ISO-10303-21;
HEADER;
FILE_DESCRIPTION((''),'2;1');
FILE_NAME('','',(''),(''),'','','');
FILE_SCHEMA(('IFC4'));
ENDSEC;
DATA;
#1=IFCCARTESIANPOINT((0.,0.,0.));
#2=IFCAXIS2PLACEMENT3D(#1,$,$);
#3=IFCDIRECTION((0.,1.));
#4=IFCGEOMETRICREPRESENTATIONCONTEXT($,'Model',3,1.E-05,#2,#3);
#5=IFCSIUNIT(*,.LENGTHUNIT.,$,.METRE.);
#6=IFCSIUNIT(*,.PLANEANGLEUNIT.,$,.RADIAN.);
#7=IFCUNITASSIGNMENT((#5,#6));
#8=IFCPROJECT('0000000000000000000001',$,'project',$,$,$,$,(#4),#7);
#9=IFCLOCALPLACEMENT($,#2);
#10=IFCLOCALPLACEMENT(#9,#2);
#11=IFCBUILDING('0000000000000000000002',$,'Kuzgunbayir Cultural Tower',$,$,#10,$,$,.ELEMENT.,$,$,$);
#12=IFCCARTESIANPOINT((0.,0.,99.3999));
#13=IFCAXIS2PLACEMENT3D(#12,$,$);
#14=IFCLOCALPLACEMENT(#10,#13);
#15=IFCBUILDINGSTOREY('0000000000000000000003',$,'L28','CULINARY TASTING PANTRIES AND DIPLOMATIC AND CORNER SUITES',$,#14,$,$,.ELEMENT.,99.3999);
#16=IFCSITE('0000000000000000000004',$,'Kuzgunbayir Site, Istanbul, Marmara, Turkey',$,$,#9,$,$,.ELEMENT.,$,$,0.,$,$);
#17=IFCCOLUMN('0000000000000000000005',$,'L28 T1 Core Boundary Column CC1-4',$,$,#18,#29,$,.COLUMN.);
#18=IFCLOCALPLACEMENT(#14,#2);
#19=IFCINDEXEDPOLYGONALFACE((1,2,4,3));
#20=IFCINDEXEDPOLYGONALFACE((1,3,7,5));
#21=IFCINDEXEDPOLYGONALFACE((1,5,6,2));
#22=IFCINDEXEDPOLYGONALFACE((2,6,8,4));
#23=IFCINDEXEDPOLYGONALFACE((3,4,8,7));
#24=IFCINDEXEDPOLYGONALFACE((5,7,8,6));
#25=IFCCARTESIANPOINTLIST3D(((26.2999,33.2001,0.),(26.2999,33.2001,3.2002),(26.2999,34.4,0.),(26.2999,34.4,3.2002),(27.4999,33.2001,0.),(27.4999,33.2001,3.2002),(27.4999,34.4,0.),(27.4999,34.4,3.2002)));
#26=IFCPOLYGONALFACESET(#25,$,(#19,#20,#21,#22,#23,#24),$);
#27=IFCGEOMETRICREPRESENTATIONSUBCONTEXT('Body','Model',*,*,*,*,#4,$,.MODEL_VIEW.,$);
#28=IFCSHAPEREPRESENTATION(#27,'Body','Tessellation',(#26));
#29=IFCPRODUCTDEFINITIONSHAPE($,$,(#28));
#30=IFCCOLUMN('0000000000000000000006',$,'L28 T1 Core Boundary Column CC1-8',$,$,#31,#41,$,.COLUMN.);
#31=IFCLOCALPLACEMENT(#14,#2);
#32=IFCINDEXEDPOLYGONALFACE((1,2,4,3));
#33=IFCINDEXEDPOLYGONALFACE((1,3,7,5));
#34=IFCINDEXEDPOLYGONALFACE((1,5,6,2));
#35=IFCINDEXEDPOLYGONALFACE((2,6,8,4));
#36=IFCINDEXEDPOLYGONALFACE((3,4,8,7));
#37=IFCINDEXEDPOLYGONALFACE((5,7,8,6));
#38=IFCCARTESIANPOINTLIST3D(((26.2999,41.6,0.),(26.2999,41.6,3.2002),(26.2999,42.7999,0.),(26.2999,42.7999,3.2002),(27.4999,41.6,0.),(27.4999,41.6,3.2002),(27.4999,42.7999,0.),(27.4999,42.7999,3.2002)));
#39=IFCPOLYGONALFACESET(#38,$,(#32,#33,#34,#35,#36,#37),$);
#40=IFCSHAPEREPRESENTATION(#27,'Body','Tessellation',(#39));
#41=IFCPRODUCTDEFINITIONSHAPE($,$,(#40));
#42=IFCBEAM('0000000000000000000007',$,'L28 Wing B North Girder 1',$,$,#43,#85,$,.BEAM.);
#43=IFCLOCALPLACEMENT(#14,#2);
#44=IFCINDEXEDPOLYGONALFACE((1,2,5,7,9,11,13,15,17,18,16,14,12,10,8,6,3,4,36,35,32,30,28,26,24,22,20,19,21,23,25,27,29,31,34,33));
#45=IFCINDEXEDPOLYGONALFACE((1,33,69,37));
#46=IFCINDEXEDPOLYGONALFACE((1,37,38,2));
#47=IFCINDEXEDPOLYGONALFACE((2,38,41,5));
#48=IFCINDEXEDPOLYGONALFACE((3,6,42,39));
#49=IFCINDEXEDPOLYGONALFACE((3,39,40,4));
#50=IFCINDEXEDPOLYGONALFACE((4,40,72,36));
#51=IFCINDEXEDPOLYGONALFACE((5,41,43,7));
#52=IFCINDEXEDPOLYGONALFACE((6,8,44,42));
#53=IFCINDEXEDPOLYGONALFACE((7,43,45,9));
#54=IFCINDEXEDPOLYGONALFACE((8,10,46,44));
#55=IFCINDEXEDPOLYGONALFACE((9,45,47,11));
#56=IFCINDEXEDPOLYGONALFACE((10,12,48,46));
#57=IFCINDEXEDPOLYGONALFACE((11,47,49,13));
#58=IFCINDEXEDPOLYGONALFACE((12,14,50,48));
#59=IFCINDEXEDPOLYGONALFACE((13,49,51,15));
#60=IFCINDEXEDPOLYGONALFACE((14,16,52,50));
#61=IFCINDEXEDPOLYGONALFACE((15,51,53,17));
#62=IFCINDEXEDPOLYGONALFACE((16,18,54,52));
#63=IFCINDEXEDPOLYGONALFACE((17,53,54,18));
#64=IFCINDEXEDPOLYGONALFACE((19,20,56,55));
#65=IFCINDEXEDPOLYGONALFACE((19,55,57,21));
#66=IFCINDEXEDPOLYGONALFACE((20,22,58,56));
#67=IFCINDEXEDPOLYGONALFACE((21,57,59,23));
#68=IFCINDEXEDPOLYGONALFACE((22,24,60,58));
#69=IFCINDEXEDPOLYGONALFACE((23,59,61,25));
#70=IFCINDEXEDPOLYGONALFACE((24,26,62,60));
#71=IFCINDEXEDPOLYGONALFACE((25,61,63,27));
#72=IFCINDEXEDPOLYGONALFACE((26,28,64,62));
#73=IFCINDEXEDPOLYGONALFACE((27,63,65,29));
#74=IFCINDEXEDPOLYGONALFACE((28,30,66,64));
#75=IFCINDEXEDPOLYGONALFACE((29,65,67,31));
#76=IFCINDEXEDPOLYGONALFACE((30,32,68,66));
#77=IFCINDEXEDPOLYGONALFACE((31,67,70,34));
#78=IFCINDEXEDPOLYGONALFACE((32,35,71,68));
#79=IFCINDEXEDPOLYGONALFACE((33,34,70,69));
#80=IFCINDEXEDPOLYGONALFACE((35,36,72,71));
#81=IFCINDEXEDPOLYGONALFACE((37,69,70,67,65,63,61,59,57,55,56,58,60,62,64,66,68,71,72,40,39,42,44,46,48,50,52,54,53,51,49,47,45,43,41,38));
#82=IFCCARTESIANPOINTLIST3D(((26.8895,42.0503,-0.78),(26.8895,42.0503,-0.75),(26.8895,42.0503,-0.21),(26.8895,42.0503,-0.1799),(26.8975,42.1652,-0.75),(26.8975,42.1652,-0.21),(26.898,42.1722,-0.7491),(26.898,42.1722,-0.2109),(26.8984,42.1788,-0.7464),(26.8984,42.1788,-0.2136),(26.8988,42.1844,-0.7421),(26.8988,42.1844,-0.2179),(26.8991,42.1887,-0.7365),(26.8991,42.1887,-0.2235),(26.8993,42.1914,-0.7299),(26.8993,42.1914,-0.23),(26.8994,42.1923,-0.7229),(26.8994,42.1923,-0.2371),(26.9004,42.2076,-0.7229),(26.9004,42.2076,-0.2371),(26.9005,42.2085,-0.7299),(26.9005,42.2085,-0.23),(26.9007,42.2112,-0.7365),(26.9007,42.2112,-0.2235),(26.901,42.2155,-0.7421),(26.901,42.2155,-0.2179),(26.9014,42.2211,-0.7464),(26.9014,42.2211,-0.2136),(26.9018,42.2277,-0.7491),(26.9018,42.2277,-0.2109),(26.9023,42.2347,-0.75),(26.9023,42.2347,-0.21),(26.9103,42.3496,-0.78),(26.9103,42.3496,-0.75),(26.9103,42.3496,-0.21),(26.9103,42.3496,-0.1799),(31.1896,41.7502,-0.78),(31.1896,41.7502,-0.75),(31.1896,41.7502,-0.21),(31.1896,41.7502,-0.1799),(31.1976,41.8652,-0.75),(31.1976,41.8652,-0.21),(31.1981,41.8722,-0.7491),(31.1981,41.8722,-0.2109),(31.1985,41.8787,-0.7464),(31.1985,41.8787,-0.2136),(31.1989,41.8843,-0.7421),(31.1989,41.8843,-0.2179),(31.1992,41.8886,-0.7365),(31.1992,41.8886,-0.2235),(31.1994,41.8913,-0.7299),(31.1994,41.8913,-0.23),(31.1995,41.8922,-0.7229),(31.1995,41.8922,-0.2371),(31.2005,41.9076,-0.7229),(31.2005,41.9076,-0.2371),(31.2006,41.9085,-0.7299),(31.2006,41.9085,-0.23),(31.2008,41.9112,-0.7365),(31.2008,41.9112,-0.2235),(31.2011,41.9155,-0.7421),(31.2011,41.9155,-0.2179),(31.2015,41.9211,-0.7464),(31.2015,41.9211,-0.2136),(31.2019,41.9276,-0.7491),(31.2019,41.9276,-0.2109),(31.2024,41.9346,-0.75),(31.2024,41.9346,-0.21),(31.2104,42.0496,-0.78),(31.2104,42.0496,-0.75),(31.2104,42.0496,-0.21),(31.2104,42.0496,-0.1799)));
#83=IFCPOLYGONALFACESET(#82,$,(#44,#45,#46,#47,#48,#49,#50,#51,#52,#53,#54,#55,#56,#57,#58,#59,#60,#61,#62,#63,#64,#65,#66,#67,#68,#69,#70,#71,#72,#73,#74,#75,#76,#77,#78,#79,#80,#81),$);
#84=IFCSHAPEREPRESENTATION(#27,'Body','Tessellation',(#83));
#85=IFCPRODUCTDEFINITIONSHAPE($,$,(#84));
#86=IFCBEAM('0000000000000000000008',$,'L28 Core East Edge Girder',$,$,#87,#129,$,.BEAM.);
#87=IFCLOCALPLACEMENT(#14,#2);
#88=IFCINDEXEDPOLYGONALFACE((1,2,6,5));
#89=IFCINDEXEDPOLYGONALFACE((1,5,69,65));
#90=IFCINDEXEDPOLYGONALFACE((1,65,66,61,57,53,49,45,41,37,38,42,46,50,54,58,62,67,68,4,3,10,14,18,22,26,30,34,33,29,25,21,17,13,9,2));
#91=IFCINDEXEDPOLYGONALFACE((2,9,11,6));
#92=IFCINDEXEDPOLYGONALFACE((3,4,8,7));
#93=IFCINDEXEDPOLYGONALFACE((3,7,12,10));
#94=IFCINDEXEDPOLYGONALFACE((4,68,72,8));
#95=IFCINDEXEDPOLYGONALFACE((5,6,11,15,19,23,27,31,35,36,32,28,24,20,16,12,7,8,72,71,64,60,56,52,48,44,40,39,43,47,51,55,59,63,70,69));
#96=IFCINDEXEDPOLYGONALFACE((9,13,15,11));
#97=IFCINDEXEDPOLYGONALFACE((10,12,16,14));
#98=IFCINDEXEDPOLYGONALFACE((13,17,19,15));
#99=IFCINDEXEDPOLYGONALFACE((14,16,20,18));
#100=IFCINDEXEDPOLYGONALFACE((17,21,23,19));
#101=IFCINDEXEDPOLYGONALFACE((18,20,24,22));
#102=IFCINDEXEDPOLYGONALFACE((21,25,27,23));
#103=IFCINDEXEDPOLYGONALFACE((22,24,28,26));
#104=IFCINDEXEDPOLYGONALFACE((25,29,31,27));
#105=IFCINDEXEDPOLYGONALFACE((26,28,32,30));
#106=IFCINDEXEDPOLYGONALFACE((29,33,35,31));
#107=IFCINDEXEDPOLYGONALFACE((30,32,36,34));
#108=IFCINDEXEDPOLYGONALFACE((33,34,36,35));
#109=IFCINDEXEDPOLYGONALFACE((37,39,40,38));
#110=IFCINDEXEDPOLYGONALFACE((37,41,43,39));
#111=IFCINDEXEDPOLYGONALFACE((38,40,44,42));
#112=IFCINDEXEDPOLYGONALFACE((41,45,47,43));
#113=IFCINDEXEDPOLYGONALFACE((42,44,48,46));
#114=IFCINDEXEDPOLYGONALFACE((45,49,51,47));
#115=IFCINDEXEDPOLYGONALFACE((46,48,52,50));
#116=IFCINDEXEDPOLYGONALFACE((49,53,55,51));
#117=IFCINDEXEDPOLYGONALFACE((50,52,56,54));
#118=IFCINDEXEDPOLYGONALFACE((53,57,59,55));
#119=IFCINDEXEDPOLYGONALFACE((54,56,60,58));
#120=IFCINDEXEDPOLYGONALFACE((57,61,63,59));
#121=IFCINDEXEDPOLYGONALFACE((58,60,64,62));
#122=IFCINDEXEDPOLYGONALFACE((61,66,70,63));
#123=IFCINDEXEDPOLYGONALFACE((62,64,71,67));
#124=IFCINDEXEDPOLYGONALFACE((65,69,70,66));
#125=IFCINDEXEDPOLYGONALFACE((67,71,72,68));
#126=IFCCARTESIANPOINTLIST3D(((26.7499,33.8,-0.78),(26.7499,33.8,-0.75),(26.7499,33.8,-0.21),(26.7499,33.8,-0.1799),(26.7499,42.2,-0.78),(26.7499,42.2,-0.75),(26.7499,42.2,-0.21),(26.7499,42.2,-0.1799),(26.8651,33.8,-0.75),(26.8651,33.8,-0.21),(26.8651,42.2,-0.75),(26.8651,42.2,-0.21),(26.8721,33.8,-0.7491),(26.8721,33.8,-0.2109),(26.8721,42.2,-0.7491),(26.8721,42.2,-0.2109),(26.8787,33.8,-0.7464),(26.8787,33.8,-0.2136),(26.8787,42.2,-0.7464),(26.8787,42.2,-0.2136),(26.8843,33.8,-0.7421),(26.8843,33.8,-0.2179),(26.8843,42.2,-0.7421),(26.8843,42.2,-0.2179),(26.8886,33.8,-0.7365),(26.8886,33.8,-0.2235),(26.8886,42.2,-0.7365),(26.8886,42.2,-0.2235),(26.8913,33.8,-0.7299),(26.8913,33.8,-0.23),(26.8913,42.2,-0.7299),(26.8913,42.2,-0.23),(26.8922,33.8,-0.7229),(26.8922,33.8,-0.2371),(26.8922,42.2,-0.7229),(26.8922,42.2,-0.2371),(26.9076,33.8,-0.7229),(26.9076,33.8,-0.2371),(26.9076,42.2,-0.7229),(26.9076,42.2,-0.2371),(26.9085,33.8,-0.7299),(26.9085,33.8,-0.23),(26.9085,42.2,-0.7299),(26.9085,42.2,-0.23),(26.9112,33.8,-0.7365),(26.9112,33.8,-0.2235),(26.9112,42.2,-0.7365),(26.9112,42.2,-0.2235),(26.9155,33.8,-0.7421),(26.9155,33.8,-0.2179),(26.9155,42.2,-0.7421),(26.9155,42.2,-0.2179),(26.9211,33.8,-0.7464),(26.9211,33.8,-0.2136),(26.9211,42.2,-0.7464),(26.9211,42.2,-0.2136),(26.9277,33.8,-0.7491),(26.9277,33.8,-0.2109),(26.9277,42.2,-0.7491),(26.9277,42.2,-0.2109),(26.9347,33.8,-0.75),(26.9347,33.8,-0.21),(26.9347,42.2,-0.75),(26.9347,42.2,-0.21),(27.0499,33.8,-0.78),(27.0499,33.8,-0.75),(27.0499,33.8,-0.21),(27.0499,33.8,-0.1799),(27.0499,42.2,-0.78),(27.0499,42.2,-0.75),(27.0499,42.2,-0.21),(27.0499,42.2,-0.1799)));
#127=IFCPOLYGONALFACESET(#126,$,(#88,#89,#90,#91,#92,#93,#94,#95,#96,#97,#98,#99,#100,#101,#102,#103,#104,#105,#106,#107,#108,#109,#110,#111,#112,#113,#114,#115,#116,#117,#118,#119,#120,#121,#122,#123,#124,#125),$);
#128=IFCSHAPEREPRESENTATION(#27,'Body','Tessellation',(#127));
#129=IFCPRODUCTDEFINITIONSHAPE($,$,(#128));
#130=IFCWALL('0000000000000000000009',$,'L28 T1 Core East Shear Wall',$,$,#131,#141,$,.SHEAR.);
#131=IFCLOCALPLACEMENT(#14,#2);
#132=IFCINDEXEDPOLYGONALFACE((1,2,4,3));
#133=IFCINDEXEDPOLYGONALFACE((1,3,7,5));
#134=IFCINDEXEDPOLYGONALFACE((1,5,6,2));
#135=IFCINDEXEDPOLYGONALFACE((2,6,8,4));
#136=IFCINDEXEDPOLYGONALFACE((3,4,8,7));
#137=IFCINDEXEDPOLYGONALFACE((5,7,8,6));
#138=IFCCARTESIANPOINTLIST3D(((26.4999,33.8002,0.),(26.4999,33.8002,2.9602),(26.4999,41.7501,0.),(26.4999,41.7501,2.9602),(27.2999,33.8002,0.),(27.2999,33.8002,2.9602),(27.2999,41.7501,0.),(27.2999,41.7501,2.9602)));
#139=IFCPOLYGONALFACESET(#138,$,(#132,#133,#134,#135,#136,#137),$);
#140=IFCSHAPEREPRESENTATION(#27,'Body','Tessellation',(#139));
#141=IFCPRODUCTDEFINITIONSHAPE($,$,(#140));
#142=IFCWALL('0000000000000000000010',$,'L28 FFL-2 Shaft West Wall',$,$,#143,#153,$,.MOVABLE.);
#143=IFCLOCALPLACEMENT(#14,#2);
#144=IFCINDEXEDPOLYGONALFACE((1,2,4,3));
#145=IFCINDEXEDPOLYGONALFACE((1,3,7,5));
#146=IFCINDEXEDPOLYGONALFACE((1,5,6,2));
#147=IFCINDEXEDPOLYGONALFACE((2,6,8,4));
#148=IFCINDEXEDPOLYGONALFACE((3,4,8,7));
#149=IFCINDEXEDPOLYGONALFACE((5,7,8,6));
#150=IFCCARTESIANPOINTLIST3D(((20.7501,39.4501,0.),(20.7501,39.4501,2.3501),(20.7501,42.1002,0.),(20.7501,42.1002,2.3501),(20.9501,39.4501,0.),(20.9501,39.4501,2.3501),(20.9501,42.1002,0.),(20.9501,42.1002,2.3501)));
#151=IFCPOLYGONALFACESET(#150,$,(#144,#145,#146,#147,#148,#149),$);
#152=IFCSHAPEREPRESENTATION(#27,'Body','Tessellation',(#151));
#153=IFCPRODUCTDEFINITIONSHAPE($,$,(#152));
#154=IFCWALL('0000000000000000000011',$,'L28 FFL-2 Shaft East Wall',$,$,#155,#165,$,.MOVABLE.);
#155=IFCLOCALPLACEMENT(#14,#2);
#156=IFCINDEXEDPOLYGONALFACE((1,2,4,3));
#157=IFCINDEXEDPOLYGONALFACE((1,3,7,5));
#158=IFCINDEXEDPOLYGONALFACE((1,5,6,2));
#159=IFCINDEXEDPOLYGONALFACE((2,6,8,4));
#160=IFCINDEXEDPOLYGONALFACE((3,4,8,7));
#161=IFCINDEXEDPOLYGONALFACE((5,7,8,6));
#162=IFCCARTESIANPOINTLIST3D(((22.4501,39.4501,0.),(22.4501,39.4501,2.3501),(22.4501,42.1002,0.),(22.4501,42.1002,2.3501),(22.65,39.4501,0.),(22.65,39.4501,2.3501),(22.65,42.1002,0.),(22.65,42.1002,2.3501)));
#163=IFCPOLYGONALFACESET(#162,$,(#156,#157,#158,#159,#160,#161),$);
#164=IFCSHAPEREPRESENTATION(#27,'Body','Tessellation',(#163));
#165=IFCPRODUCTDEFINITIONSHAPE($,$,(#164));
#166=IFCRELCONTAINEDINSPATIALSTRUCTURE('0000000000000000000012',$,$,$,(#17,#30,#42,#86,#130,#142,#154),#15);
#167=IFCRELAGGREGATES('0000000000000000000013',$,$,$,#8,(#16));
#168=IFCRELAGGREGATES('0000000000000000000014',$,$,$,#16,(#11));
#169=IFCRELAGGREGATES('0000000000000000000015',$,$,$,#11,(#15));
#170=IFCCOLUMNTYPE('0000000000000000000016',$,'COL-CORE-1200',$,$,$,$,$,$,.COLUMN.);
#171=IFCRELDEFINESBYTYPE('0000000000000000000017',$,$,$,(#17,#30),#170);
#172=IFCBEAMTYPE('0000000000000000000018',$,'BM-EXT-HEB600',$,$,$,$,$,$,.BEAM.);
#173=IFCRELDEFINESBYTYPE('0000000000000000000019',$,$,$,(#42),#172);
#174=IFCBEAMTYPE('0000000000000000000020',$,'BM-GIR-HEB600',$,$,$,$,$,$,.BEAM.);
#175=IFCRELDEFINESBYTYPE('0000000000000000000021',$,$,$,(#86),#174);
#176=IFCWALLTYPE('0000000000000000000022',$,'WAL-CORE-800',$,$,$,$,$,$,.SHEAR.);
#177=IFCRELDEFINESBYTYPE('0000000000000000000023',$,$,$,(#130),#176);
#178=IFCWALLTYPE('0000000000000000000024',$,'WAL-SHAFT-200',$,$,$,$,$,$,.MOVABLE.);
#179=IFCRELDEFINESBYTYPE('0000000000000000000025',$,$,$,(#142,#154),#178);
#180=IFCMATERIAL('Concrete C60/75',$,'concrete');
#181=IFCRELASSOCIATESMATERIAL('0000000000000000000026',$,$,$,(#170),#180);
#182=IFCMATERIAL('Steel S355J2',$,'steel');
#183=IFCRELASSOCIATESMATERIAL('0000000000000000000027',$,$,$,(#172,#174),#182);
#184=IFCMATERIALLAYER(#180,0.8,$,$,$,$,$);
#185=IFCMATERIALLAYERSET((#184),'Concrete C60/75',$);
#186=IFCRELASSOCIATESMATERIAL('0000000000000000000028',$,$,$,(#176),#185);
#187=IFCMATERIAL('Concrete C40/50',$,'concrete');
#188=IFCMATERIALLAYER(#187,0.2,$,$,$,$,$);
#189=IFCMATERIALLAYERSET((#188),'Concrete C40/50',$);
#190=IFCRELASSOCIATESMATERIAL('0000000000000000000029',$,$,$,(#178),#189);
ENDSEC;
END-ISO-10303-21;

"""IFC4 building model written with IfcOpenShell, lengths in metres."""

from ifc_helpers import new_model, si_unit, direction, frame, frame_2d, origin, origin_2d, place, context, subcontext, project, spatial, rectangle, i_section, extrude, material, layer, layer_set, material_profile, profile_set, type_object, element, save


model = new_model("IFC4")

# Units and contexts
model_context = context("Model", 3, precision=1e-05, world=origin(), true_north=direction((0.0, 1.0)))
body_context = subcontext(model_context, "Body", "Model", "MODEL_VIEW")
ifc_project = project(units=[si_unit("LENGTHUNIT", "METRE"), si_unit("PLANEANGLEUNIT", "RADIAN")], contexts=[model_context])

# Site, building, storey
site_placement = place(None, origin())
site = spatial("IfcSite", under=ifc_project, at=site_placement, Name="Kuzgunbayir Site, Istanbul, Marmara, Turkey", CompositionType="ELEMENT", RefElevation=0.0)
building_placement = place(site_placement, origin())
building = spatial("IfcBuilding", under=site, at=building_placement, Name="Kuzgunbayir Cultural Tower", CompositionType="ELEMENT")
storey_placement = place(building_placement, frame((0.0, 0.0, 99.3999)))
storey = spatial("IfcBuildingStorey", under=building, at=storey_placement, Name="L28", Description="CULINARY TASTING PANTRIES AND DIPLOMATIC AND CORNER SUITES", CompositionType="ELEMENT", Elevation=99.3999)

# Columns
ifc_material_1 = material(Name="Concrete C60/75", Category="concrete")
ifc_material_profile_1 = material_profile(ifc_material_1, rectangle(XDim=1.2, YDim=1.2, at=origin_2d()), Name="RC 1200x1200")
ifc_profile_set_1 = profile_set([ifc_material_profile_1], Name="Concrete C60/75")
column_type = type_object("IfcColumnType", Name="COL-CORE-1200", PredefinedType="COLUMN", material=ifc_profile_set_1)
for number, where, z_axis, x_axis, name in (
    (1, (26.8999, 33.8, 0.0), (0.0, 0.0, 1.0), (1.0, 0.0, 0.0), "L28 T1 Core Boundary Column CC1-4"),
    (2, (26.8999, 42.2, 0.0), (0.0, 0.0, 1.0), (1.0, 0.0, 0.0), "L28 T1 Core Boundary Column CC1-8"),
):
    element("IfcColumn", number, at=place(storey_placement, frame(where, z_axis=z_axis, x_axis=x_axis)), inside=storey, type_object=column_type, Name=name, PredefinedType="COLUMN", context=body_context, shape_type="SweptSolid", body=[
        extrude(rectangle(XDim=1.2, YDim=1.2, at=origin_2d()), origin(), (0.0, 0.0, 1.0), 3.2002),
    ])

# Beams
ifc_material_2 = material(Name="Steel S355J2", Category="steel")
ifc_material_profile_2 = material_profile(ifc_material_2, i_section(OverallWidth=0.3, OverallDepth=0.6001, WebThickness=0.0154, FlangeThickness=0.03, FilletRadius=0.0271, at=origin_2d()), Name="HEB 600")
ifc_profile_set_2 = profile_set([ifc_material_profile_2], Name="Steel S355J2")
beam_type_1 = type_object("IfcBeamType", Name="BM-EXT-HEB600", PredefinedType="BEAM", material=ifc_profile_set_2)
beam_1_placement = place(storey_placement, frame((26.8999, 42.2, -0.48), z_axis=(0.997574, -0.069609, 0.0), x_axis=(0.069609, 0.997574, 0.0)))
element("IfcBeam", 3, at=beam_1_placement, inside=storey, type_object=beam_type_1, Name="L28 Wing B North Girder 1", PredefinedType="BEAM", context=body_context, shape_type="SweptSolid", body=[
    extrude(i_section(OverallWidth=0.3, OverallDepth=0.6001, WebThickness=0.0154, FlangeThickness=0.03, FilletRadius=0.0271, at=origin_2d()), origin(), (0.0, 0.0, 1.0), 4.3105),
])
ifc_material_profile_3 = material_profile(ifc_material_2, i_section(OverallWidth=0.3, OverallDepth=0.6001, WebThickness=0.0154, FlangeThickness=0.03, FilletRadius=0.0271, at=origin_2d()), Name="HEB 600")
ifc_profile_set_3 = profile_set([ifc_material_profile_3], Name="Steel S355J2")
beam_type_2 = type_object("IfcBeamType", Name="BM-GIR-HEB600", PredefinedType="BEAM", material=ifc_profile_set_3)
beam_2_placement = place(storey_placement, frame((26.8999, 33.8, -0.48), z_axis=(0.0, 1.0, 0.0), x_axis=(-1.0, 0.0, 0.0)))
element("IfcBeam", 4, at=beam_2_placement, inside=storey, type_object=beam_type_2, Name="L28 Core East Edge Girder", PredefinedType="BEAM", context=body_context, shape_type="SweptSolid", body=[
    extrude(i_section(OverallWidth=0.3, OverallDepth=0.6001, WebThickness=0.0154, FlangeThickness=0.03, FilletRadius=0.0271, at=origin_2d()), origin(), (0.0, 0.0, 1.0), 8.3999),
])

# Walls
ifc_layer_1 = layer(ifc_material_1, 0.8)
ifc_layer_set_1 = layer_set([ifc_layer_1], Name="Concrete C60/75")
wall_type_1 = type_object("IfcWallType", Name="WAL-CORE-800", PredefinedType="SHEAR", material=ifc_layer_set_1)
wall_1_placement = place(storey_placement, frame((26.8999, 33.8, 0.0), z_axis=(0.0, 0.0, 1.0), x_axis=(0.0, 1.0, 0.0)))
element("IfcWall", 5, at=wall_1_placement, inside=storey, type_object=wall_type_1, Name="L28 T1 Core East Shear Wall", PredefinedType="SHEAR", context=body_context, shape_type="SweptSolid", body=[
    extrude(rectangle(XDim=7.95, YDim=0.8, at=frame_2d((3.9751, 0.0))), origin(), (0.0, 0.0, 1.0), 2.9602),
])
ifc_material_3 = material(Name="Concrete C40/50", Category="concrete")
ifc_layer_2 = layer(ifc_material_3, 0.2)
ifc_layer_set_2 = layer_set([ifc_layer_2], Name="Concrete C40/50")
wall_type_2 = type_object("IfcWallType", Name="WAL-SHAFT-200", PredefinedType="MOVABLE", material=ifc_layer_set_2)
for number, where, z_axis, x_axis, name in (
    (6, (20.8501, 39.45, 0.0), (0.0, 0.0, 1.0), (0.0, 1.0, 0.0), "L28 FFL-2 Shaft West Wall"),
    (7, (22.55, 39.45, 0.0), (0.0, 0.0, 1.0), (0.0, 1.0, 0.0), "L28 FFL-2 Shaft East Wall"),
):
    element("IfcWall", number, at=place(storey_placement, frame(where, z_axis=z_axis, x_axis=x_axis)), inside=storey, type_object=wall_type_2, Name=name, PredefinedType="MOVABLE", context=body_context, shape_type="SweptSolid", body=[
        extrude(rectangle(XDim=2.6501, YDim=0.2, at=frame_2d((1.3252, 0.0))), origin(), (0.0, 0.0, 1.0), 2.3501),
    ])

save(model, "model.ifc")
